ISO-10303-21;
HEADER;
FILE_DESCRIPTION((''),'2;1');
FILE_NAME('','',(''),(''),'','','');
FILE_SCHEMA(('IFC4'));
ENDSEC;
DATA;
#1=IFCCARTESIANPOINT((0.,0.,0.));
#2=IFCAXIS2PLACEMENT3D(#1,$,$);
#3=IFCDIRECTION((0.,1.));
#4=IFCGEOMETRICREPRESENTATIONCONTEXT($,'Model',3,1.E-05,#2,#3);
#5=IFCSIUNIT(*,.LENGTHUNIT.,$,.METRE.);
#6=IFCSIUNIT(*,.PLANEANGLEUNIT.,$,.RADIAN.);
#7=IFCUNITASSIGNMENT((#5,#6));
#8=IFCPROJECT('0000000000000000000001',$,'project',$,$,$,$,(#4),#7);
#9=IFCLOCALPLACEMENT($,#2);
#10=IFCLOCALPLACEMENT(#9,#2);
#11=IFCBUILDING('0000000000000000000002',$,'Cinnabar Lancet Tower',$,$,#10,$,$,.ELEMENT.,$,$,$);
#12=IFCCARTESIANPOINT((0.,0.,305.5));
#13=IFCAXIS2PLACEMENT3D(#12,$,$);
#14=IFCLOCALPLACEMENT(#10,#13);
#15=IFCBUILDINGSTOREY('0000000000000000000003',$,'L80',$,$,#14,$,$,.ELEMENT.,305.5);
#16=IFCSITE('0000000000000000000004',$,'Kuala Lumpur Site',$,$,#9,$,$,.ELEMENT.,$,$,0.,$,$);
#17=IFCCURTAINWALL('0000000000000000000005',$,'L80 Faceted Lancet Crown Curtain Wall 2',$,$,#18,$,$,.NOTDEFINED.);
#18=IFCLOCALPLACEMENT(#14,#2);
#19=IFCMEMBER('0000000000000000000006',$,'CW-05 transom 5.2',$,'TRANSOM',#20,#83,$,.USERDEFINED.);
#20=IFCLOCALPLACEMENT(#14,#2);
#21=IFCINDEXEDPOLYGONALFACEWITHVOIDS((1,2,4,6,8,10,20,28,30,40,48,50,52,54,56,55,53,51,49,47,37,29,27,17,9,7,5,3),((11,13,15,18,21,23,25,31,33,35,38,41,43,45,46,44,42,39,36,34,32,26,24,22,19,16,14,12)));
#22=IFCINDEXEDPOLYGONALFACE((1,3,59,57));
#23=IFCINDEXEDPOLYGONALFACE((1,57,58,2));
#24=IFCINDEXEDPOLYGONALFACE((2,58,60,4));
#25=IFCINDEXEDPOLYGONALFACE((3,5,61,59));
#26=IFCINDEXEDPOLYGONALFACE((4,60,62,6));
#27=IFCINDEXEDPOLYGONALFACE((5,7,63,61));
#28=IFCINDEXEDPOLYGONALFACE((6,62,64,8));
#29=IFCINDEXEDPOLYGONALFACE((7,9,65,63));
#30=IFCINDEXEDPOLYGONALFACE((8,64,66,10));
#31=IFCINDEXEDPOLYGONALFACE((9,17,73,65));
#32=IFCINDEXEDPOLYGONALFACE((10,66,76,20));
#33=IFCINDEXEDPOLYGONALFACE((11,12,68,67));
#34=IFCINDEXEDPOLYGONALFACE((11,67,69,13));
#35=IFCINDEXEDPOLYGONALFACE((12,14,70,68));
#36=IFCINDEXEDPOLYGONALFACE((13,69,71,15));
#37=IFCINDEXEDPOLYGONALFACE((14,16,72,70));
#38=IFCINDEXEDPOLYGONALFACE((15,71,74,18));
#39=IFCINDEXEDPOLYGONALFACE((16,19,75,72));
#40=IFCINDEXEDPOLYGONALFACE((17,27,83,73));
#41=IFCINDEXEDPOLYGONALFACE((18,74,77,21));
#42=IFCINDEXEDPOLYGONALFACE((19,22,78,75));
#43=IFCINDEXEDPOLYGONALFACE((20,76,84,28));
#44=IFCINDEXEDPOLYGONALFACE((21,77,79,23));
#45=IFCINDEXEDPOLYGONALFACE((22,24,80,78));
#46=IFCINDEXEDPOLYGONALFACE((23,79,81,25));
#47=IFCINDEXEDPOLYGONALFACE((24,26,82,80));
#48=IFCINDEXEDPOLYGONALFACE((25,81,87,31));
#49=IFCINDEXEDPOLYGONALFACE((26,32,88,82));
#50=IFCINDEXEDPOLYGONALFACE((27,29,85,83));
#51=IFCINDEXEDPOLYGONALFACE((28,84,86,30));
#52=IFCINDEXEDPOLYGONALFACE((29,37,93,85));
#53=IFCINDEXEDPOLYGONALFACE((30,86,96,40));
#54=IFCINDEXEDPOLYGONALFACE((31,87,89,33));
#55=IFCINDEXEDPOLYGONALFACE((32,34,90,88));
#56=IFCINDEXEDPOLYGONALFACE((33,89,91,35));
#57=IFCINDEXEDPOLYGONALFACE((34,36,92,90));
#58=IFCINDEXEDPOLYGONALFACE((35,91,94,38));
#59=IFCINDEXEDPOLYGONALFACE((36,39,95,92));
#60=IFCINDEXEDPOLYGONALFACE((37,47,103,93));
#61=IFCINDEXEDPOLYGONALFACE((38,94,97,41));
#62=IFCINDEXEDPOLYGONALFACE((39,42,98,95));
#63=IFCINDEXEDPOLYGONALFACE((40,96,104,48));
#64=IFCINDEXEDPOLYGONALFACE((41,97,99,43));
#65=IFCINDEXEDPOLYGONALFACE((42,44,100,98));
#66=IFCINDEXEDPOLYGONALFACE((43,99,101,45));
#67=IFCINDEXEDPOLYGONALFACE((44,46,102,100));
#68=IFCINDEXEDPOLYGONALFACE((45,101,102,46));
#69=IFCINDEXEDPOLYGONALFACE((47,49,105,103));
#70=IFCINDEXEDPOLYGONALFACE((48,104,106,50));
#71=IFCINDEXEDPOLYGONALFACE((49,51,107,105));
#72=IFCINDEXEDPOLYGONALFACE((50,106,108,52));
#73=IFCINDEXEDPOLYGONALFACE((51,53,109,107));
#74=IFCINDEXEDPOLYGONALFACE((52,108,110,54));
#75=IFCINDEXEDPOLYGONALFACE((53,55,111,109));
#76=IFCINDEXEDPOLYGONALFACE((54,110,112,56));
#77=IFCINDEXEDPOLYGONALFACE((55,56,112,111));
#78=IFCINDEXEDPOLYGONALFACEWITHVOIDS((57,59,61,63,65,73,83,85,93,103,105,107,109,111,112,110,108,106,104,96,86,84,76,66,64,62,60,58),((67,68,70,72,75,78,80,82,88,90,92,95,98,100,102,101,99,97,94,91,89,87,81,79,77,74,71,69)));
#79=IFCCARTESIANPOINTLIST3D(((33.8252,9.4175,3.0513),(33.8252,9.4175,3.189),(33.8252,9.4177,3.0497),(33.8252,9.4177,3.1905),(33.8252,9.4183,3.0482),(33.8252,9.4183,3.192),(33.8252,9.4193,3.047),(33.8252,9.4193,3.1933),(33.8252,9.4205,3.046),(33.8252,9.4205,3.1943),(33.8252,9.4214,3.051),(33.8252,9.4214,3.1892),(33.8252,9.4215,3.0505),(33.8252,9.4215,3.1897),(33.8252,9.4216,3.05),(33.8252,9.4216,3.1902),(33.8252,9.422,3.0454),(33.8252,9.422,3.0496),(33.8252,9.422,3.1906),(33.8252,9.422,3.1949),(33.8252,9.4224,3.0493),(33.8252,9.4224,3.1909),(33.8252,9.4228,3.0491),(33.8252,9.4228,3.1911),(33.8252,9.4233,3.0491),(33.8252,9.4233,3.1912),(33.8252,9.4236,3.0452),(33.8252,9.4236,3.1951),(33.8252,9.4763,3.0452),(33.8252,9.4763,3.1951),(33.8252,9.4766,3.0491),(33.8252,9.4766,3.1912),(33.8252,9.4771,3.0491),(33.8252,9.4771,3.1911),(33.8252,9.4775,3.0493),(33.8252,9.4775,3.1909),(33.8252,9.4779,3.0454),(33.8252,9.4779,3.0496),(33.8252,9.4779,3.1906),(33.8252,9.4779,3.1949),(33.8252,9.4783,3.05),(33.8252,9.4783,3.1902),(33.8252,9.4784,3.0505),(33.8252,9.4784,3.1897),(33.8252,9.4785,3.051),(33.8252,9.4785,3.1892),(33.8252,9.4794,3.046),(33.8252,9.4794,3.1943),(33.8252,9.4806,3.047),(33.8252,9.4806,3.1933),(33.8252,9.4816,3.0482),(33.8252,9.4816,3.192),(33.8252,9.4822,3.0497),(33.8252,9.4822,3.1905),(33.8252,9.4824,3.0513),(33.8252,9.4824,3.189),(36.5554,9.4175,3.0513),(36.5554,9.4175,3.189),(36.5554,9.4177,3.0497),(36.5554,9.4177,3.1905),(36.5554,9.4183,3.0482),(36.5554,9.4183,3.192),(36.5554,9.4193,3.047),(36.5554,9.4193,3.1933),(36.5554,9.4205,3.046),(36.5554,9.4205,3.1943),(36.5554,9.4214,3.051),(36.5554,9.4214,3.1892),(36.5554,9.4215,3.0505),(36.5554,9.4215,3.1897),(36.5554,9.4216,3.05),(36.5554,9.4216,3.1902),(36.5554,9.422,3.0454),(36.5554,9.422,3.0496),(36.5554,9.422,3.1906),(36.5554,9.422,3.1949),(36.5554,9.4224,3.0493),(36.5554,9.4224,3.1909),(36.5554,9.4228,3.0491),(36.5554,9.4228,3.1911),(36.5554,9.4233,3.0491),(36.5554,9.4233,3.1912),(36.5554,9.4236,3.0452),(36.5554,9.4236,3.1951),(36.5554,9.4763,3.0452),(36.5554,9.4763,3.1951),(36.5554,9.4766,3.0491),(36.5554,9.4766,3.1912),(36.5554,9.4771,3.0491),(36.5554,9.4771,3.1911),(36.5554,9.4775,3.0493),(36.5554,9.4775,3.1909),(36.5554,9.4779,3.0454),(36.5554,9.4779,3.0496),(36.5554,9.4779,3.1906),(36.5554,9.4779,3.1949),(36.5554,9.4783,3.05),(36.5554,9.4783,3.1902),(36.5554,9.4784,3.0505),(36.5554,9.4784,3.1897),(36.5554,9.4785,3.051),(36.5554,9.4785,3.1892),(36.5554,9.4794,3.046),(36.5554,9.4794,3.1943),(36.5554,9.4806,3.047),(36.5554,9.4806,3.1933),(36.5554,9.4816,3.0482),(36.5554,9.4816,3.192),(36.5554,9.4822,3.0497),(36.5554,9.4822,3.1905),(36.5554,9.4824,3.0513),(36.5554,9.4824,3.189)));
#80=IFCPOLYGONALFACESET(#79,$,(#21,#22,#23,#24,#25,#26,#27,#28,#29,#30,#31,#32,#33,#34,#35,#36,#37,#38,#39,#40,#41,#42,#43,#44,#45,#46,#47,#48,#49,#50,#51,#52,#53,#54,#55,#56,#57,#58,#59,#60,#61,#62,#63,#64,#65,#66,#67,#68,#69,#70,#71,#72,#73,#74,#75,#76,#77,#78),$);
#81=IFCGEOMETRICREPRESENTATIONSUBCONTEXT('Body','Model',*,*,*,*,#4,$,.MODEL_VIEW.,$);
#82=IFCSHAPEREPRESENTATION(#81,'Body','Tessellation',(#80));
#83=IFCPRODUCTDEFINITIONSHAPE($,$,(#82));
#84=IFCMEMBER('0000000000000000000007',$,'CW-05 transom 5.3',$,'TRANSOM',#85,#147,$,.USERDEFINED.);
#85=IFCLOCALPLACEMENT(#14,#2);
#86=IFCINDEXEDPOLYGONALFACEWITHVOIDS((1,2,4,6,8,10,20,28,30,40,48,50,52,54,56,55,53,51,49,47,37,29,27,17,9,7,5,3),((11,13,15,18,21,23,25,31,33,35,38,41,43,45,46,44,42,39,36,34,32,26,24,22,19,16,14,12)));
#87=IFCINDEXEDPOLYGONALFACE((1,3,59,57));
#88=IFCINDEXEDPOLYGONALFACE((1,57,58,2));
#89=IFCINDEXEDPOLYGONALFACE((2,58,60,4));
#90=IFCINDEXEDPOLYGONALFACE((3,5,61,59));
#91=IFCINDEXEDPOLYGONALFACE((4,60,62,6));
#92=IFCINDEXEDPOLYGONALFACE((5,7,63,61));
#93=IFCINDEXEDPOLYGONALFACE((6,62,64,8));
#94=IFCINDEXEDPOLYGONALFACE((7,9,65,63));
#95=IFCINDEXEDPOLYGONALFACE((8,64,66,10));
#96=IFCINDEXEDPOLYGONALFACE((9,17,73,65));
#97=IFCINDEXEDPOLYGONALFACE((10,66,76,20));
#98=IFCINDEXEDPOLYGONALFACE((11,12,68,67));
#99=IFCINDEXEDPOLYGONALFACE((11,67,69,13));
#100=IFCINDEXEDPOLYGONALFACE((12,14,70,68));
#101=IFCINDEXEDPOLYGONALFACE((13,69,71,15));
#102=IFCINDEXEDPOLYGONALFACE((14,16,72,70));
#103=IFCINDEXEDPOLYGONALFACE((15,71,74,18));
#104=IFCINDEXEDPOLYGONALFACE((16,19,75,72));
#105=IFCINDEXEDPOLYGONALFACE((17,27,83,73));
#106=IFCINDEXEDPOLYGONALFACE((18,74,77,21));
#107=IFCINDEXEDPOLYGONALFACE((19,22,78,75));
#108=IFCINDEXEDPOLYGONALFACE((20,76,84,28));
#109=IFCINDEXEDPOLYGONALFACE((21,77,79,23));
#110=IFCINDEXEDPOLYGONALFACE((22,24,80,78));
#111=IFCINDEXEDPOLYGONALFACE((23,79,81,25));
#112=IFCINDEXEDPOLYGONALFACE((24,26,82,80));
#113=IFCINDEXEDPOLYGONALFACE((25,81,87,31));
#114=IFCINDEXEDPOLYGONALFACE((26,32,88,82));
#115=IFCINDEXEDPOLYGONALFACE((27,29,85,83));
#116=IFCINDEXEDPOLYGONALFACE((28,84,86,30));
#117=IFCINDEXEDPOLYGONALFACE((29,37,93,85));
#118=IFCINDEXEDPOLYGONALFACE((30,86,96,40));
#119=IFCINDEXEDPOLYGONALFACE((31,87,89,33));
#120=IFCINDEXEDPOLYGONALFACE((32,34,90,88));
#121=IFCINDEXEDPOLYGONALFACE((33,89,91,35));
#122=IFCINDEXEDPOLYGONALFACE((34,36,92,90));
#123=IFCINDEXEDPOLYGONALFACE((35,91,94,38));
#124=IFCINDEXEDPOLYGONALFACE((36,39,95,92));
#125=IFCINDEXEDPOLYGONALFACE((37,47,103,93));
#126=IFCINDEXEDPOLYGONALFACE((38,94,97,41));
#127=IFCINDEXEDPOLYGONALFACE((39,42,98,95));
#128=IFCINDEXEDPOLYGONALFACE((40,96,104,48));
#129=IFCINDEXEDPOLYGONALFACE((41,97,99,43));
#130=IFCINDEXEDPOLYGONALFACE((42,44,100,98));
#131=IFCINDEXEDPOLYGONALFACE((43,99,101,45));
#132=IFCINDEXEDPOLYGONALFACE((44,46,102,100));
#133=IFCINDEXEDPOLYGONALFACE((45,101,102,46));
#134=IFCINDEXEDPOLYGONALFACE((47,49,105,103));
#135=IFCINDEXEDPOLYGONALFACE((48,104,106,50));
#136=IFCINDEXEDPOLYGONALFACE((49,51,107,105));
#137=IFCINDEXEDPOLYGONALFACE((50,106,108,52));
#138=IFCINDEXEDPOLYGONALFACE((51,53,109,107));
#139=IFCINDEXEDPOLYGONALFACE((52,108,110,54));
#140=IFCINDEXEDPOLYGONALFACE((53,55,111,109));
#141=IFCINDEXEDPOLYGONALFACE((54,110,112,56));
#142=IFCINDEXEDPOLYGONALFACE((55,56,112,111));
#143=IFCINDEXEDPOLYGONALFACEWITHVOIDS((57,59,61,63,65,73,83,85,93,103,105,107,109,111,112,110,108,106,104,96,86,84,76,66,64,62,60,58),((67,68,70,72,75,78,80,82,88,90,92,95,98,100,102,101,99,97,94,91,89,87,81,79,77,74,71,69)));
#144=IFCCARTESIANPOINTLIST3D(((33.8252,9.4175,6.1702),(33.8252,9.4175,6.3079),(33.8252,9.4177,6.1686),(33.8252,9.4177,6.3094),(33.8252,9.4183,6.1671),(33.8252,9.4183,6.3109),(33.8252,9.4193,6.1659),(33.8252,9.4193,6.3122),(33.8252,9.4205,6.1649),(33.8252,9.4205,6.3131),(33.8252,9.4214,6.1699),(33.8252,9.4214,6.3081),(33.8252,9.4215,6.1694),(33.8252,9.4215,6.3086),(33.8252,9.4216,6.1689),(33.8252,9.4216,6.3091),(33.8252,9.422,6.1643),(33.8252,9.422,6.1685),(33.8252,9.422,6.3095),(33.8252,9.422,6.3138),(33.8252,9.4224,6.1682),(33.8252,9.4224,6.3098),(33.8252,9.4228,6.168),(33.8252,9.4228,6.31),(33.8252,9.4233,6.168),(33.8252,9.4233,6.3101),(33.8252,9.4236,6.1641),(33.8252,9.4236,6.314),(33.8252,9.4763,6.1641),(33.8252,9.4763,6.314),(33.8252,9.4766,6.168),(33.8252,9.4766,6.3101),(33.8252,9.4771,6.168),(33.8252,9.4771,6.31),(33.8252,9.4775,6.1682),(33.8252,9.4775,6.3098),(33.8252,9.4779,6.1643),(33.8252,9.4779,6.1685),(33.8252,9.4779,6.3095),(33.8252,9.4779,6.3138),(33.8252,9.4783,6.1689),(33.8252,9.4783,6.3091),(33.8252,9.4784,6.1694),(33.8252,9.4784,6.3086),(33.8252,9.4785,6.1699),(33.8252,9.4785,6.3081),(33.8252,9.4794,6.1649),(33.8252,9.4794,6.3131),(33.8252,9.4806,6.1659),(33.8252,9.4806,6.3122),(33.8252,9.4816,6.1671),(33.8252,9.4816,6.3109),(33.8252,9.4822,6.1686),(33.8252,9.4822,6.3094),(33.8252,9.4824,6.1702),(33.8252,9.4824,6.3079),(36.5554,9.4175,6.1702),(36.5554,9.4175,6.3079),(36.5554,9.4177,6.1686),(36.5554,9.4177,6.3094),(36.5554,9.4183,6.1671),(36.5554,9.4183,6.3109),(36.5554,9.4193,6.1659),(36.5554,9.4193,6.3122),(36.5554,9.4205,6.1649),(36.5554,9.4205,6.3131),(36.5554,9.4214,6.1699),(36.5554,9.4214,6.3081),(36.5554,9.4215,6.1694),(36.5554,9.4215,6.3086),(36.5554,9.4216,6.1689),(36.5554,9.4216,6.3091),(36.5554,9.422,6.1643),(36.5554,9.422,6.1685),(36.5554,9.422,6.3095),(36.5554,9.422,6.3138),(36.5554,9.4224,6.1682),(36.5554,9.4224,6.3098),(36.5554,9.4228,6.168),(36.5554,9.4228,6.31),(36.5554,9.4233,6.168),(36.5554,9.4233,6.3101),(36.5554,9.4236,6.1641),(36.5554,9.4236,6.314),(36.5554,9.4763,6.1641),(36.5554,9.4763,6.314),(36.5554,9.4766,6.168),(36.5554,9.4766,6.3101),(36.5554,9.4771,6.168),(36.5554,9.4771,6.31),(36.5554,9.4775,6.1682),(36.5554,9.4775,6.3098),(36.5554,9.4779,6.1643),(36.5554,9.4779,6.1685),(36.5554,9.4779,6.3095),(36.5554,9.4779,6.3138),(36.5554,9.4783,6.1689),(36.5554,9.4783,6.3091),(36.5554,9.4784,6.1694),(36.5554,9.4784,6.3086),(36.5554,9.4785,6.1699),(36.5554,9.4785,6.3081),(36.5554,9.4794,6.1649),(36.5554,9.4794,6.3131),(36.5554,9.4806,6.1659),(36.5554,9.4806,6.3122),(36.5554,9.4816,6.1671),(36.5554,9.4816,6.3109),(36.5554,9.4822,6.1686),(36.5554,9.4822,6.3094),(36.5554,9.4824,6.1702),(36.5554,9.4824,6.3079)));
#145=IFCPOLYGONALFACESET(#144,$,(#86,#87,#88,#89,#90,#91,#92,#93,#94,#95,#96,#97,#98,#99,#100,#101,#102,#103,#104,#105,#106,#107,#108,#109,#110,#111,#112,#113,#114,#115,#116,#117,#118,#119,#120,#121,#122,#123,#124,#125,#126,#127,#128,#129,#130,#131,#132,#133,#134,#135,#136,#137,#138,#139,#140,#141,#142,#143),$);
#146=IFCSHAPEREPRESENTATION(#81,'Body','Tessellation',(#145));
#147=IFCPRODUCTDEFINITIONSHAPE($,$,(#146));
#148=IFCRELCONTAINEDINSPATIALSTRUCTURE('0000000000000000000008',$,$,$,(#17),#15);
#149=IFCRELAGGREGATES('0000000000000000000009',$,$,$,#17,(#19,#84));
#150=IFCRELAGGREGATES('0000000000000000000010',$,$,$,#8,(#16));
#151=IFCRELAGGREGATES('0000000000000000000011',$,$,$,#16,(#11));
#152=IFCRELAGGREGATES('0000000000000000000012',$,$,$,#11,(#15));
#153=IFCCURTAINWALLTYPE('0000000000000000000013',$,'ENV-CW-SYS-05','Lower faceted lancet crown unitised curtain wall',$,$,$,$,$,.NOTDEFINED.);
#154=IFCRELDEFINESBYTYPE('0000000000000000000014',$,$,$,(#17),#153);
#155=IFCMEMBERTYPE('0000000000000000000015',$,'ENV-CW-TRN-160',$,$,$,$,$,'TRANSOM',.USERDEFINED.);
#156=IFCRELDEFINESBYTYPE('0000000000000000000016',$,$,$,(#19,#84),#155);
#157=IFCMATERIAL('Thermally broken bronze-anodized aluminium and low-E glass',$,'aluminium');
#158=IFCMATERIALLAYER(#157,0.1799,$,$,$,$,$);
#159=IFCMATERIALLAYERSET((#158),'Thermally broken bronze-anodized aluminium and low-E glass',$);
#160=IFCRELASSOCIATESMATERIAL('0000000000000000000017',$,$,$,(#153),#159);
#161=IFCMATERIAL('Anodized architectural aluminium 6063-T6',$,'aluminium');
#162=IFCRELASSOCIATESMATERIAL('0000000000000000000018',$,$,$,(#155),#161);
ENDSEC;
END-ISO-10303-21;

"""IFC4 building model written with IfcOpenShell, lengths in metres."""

from ifc_helpers import new_model, si_unit, direction, frame, origin, origin_2d, place, context, subcontext, project, spatial, hollow_rectangle, extrude, material, layer, layer_set, material_profile, profile_set, type_object, element, aggregate, save


model = new_model("IFC4")

# Units and contexts
model_context = context("Model", 3, precision=1e-05, world=origin(), true_north=direction((0.0, 1.0)))
body_context = subcontext(model_context, "Body", "Model", "MODEL_VIEW")
ifc_project = project(units=[si_unit("LENGTHUNIT", "METRE"), si_unit("PLANEANGLEUNIT", "RADIAN")], contexts=[model_context])

# Site, building, storey
site_placement = place(None, origin())
site = spatial("IfcSite", under=ifc_project, at=site_placement, Name="Kuala Lumpur Site", CompositionType="ELEMENT", RefElevation=0.0)
building_placement = place(site_placement, origin())
building = spatial("IfcBuilding", under=site, at=building_placement, Name="Cinnabar Lancet Tower", CompositionType="ELEMENT")
storey_placement = place(building_placement, frame((0.0, 0.0, 305.5)))
storey = spatial("IfcBuildingStorey", under=building, at=storey_placement, Name="L80", CompositionType="ELEMENT", Elevation=305.5)

# Curtain wall
ifc_material_1 = material(Name="Thermally broken bronze-anodized aluminium and low-E glass", Category="aluminium")
ifc_layer_1 = layer(ifc_material_1, 0.1799)
ifc_layer_set_1 = layer_set([ifc_layer_1], Name="Thermally broken bronze-anodized aluminium and low-E glass")
curtain_wall_type = type_object("IfcCurtainWallType", Name="ENV-CW-SYS-05", Description="Lower faceted lancet crown unitised curtain wall", PredefinedType="NOTDEFINED", material=ifc_layer_set_1)
curtain_wall_1_placement = place(storey_placement, origin())
curtain_wall_1 = element("IfcCurtainWall", 1, at=curtain_wall_1_placement, inside=storey, type_object=curtain_wall_type, Name="L80 Faceted Lancet Crown Curtain Wall 2", PredefinedType="NOTDEFINED")

# Members
ifc_material_2 = material(Name="Anodized architectural aluminium 6063-T6", Category="aluminium")
ifc_material_profile_1 = material_profile(ifc_material_2, hollow_rectangle(XDim=0.0649, YDim=0.1499, WallThickness=0.0039, InnerFilletRadius=0.002, OuterFilletRadius=0.0061, at=origin_2d()), Name="CW-TRN 150x65x4")
ifc_profile_set_1 = profile_set([ifc_material_profile_1], Name="Anodized architectural aluminium 6063-T6")
member_type_1 = type_object("IfcMemberType", Name="ENV-CW-TRN-160", ElementType="TRANSOM", PredefinedType="USERDEFINED", material=ifc_profile_set_1)
member_1_placement = place(storey_placement, frame((33.8252, 9.45, 3.1201), z_axis=(1.0, 0.0, 0.0), x_axis=(0.0, 1.0, 0.0)))
member_1 = element("IfcMember", 2, at=member_1_placement, type_object=member_type_1, Name="CW-05 transom 5.2", ObjectType="TRANSOM", PredefinedType="USERDEFINED", context=body_context, shape_type="SweptSolid", body=[
    extrude(hollow_rectangle(XDim=0.0649, YDim=0.1499, WallThickness=0.0039, InnerFilletRadius=0.002, OuterFilletRadius=0.0061, at=origin_2d()), origin(), (0.0, 0.0, 1.0), 2.7302),
])
member_2_placement = place(storey_placement, frame((33.8252, 9.45, 6.239), z_axis=(1.0, 0.0, 0.0), x_axis=(0.0, 1.0, 0.0)))
member_2 = element("IfcMember", 3, at=member_2_placement, type_object=member_type_1, Name="CW-05 transom 5.3", ObjectType="TRANSOM", PredefinedType="USERDEFINED", context=body_context, shape_type="SweptSolid", body=[
    extrude(hollow_rectangle(XDim=0.0649, YDim=0.1499, WallThickness=0.0039, InnerFilletRadius=0.002, OuterFilletRadius=0.0061, at=origin_2d()), origin(), (0.0, 0.0, 1.0), 2.7302),
])

aggregate(curtain_wall_1, [member_1, member_2])

save(model, "model.ifc")
